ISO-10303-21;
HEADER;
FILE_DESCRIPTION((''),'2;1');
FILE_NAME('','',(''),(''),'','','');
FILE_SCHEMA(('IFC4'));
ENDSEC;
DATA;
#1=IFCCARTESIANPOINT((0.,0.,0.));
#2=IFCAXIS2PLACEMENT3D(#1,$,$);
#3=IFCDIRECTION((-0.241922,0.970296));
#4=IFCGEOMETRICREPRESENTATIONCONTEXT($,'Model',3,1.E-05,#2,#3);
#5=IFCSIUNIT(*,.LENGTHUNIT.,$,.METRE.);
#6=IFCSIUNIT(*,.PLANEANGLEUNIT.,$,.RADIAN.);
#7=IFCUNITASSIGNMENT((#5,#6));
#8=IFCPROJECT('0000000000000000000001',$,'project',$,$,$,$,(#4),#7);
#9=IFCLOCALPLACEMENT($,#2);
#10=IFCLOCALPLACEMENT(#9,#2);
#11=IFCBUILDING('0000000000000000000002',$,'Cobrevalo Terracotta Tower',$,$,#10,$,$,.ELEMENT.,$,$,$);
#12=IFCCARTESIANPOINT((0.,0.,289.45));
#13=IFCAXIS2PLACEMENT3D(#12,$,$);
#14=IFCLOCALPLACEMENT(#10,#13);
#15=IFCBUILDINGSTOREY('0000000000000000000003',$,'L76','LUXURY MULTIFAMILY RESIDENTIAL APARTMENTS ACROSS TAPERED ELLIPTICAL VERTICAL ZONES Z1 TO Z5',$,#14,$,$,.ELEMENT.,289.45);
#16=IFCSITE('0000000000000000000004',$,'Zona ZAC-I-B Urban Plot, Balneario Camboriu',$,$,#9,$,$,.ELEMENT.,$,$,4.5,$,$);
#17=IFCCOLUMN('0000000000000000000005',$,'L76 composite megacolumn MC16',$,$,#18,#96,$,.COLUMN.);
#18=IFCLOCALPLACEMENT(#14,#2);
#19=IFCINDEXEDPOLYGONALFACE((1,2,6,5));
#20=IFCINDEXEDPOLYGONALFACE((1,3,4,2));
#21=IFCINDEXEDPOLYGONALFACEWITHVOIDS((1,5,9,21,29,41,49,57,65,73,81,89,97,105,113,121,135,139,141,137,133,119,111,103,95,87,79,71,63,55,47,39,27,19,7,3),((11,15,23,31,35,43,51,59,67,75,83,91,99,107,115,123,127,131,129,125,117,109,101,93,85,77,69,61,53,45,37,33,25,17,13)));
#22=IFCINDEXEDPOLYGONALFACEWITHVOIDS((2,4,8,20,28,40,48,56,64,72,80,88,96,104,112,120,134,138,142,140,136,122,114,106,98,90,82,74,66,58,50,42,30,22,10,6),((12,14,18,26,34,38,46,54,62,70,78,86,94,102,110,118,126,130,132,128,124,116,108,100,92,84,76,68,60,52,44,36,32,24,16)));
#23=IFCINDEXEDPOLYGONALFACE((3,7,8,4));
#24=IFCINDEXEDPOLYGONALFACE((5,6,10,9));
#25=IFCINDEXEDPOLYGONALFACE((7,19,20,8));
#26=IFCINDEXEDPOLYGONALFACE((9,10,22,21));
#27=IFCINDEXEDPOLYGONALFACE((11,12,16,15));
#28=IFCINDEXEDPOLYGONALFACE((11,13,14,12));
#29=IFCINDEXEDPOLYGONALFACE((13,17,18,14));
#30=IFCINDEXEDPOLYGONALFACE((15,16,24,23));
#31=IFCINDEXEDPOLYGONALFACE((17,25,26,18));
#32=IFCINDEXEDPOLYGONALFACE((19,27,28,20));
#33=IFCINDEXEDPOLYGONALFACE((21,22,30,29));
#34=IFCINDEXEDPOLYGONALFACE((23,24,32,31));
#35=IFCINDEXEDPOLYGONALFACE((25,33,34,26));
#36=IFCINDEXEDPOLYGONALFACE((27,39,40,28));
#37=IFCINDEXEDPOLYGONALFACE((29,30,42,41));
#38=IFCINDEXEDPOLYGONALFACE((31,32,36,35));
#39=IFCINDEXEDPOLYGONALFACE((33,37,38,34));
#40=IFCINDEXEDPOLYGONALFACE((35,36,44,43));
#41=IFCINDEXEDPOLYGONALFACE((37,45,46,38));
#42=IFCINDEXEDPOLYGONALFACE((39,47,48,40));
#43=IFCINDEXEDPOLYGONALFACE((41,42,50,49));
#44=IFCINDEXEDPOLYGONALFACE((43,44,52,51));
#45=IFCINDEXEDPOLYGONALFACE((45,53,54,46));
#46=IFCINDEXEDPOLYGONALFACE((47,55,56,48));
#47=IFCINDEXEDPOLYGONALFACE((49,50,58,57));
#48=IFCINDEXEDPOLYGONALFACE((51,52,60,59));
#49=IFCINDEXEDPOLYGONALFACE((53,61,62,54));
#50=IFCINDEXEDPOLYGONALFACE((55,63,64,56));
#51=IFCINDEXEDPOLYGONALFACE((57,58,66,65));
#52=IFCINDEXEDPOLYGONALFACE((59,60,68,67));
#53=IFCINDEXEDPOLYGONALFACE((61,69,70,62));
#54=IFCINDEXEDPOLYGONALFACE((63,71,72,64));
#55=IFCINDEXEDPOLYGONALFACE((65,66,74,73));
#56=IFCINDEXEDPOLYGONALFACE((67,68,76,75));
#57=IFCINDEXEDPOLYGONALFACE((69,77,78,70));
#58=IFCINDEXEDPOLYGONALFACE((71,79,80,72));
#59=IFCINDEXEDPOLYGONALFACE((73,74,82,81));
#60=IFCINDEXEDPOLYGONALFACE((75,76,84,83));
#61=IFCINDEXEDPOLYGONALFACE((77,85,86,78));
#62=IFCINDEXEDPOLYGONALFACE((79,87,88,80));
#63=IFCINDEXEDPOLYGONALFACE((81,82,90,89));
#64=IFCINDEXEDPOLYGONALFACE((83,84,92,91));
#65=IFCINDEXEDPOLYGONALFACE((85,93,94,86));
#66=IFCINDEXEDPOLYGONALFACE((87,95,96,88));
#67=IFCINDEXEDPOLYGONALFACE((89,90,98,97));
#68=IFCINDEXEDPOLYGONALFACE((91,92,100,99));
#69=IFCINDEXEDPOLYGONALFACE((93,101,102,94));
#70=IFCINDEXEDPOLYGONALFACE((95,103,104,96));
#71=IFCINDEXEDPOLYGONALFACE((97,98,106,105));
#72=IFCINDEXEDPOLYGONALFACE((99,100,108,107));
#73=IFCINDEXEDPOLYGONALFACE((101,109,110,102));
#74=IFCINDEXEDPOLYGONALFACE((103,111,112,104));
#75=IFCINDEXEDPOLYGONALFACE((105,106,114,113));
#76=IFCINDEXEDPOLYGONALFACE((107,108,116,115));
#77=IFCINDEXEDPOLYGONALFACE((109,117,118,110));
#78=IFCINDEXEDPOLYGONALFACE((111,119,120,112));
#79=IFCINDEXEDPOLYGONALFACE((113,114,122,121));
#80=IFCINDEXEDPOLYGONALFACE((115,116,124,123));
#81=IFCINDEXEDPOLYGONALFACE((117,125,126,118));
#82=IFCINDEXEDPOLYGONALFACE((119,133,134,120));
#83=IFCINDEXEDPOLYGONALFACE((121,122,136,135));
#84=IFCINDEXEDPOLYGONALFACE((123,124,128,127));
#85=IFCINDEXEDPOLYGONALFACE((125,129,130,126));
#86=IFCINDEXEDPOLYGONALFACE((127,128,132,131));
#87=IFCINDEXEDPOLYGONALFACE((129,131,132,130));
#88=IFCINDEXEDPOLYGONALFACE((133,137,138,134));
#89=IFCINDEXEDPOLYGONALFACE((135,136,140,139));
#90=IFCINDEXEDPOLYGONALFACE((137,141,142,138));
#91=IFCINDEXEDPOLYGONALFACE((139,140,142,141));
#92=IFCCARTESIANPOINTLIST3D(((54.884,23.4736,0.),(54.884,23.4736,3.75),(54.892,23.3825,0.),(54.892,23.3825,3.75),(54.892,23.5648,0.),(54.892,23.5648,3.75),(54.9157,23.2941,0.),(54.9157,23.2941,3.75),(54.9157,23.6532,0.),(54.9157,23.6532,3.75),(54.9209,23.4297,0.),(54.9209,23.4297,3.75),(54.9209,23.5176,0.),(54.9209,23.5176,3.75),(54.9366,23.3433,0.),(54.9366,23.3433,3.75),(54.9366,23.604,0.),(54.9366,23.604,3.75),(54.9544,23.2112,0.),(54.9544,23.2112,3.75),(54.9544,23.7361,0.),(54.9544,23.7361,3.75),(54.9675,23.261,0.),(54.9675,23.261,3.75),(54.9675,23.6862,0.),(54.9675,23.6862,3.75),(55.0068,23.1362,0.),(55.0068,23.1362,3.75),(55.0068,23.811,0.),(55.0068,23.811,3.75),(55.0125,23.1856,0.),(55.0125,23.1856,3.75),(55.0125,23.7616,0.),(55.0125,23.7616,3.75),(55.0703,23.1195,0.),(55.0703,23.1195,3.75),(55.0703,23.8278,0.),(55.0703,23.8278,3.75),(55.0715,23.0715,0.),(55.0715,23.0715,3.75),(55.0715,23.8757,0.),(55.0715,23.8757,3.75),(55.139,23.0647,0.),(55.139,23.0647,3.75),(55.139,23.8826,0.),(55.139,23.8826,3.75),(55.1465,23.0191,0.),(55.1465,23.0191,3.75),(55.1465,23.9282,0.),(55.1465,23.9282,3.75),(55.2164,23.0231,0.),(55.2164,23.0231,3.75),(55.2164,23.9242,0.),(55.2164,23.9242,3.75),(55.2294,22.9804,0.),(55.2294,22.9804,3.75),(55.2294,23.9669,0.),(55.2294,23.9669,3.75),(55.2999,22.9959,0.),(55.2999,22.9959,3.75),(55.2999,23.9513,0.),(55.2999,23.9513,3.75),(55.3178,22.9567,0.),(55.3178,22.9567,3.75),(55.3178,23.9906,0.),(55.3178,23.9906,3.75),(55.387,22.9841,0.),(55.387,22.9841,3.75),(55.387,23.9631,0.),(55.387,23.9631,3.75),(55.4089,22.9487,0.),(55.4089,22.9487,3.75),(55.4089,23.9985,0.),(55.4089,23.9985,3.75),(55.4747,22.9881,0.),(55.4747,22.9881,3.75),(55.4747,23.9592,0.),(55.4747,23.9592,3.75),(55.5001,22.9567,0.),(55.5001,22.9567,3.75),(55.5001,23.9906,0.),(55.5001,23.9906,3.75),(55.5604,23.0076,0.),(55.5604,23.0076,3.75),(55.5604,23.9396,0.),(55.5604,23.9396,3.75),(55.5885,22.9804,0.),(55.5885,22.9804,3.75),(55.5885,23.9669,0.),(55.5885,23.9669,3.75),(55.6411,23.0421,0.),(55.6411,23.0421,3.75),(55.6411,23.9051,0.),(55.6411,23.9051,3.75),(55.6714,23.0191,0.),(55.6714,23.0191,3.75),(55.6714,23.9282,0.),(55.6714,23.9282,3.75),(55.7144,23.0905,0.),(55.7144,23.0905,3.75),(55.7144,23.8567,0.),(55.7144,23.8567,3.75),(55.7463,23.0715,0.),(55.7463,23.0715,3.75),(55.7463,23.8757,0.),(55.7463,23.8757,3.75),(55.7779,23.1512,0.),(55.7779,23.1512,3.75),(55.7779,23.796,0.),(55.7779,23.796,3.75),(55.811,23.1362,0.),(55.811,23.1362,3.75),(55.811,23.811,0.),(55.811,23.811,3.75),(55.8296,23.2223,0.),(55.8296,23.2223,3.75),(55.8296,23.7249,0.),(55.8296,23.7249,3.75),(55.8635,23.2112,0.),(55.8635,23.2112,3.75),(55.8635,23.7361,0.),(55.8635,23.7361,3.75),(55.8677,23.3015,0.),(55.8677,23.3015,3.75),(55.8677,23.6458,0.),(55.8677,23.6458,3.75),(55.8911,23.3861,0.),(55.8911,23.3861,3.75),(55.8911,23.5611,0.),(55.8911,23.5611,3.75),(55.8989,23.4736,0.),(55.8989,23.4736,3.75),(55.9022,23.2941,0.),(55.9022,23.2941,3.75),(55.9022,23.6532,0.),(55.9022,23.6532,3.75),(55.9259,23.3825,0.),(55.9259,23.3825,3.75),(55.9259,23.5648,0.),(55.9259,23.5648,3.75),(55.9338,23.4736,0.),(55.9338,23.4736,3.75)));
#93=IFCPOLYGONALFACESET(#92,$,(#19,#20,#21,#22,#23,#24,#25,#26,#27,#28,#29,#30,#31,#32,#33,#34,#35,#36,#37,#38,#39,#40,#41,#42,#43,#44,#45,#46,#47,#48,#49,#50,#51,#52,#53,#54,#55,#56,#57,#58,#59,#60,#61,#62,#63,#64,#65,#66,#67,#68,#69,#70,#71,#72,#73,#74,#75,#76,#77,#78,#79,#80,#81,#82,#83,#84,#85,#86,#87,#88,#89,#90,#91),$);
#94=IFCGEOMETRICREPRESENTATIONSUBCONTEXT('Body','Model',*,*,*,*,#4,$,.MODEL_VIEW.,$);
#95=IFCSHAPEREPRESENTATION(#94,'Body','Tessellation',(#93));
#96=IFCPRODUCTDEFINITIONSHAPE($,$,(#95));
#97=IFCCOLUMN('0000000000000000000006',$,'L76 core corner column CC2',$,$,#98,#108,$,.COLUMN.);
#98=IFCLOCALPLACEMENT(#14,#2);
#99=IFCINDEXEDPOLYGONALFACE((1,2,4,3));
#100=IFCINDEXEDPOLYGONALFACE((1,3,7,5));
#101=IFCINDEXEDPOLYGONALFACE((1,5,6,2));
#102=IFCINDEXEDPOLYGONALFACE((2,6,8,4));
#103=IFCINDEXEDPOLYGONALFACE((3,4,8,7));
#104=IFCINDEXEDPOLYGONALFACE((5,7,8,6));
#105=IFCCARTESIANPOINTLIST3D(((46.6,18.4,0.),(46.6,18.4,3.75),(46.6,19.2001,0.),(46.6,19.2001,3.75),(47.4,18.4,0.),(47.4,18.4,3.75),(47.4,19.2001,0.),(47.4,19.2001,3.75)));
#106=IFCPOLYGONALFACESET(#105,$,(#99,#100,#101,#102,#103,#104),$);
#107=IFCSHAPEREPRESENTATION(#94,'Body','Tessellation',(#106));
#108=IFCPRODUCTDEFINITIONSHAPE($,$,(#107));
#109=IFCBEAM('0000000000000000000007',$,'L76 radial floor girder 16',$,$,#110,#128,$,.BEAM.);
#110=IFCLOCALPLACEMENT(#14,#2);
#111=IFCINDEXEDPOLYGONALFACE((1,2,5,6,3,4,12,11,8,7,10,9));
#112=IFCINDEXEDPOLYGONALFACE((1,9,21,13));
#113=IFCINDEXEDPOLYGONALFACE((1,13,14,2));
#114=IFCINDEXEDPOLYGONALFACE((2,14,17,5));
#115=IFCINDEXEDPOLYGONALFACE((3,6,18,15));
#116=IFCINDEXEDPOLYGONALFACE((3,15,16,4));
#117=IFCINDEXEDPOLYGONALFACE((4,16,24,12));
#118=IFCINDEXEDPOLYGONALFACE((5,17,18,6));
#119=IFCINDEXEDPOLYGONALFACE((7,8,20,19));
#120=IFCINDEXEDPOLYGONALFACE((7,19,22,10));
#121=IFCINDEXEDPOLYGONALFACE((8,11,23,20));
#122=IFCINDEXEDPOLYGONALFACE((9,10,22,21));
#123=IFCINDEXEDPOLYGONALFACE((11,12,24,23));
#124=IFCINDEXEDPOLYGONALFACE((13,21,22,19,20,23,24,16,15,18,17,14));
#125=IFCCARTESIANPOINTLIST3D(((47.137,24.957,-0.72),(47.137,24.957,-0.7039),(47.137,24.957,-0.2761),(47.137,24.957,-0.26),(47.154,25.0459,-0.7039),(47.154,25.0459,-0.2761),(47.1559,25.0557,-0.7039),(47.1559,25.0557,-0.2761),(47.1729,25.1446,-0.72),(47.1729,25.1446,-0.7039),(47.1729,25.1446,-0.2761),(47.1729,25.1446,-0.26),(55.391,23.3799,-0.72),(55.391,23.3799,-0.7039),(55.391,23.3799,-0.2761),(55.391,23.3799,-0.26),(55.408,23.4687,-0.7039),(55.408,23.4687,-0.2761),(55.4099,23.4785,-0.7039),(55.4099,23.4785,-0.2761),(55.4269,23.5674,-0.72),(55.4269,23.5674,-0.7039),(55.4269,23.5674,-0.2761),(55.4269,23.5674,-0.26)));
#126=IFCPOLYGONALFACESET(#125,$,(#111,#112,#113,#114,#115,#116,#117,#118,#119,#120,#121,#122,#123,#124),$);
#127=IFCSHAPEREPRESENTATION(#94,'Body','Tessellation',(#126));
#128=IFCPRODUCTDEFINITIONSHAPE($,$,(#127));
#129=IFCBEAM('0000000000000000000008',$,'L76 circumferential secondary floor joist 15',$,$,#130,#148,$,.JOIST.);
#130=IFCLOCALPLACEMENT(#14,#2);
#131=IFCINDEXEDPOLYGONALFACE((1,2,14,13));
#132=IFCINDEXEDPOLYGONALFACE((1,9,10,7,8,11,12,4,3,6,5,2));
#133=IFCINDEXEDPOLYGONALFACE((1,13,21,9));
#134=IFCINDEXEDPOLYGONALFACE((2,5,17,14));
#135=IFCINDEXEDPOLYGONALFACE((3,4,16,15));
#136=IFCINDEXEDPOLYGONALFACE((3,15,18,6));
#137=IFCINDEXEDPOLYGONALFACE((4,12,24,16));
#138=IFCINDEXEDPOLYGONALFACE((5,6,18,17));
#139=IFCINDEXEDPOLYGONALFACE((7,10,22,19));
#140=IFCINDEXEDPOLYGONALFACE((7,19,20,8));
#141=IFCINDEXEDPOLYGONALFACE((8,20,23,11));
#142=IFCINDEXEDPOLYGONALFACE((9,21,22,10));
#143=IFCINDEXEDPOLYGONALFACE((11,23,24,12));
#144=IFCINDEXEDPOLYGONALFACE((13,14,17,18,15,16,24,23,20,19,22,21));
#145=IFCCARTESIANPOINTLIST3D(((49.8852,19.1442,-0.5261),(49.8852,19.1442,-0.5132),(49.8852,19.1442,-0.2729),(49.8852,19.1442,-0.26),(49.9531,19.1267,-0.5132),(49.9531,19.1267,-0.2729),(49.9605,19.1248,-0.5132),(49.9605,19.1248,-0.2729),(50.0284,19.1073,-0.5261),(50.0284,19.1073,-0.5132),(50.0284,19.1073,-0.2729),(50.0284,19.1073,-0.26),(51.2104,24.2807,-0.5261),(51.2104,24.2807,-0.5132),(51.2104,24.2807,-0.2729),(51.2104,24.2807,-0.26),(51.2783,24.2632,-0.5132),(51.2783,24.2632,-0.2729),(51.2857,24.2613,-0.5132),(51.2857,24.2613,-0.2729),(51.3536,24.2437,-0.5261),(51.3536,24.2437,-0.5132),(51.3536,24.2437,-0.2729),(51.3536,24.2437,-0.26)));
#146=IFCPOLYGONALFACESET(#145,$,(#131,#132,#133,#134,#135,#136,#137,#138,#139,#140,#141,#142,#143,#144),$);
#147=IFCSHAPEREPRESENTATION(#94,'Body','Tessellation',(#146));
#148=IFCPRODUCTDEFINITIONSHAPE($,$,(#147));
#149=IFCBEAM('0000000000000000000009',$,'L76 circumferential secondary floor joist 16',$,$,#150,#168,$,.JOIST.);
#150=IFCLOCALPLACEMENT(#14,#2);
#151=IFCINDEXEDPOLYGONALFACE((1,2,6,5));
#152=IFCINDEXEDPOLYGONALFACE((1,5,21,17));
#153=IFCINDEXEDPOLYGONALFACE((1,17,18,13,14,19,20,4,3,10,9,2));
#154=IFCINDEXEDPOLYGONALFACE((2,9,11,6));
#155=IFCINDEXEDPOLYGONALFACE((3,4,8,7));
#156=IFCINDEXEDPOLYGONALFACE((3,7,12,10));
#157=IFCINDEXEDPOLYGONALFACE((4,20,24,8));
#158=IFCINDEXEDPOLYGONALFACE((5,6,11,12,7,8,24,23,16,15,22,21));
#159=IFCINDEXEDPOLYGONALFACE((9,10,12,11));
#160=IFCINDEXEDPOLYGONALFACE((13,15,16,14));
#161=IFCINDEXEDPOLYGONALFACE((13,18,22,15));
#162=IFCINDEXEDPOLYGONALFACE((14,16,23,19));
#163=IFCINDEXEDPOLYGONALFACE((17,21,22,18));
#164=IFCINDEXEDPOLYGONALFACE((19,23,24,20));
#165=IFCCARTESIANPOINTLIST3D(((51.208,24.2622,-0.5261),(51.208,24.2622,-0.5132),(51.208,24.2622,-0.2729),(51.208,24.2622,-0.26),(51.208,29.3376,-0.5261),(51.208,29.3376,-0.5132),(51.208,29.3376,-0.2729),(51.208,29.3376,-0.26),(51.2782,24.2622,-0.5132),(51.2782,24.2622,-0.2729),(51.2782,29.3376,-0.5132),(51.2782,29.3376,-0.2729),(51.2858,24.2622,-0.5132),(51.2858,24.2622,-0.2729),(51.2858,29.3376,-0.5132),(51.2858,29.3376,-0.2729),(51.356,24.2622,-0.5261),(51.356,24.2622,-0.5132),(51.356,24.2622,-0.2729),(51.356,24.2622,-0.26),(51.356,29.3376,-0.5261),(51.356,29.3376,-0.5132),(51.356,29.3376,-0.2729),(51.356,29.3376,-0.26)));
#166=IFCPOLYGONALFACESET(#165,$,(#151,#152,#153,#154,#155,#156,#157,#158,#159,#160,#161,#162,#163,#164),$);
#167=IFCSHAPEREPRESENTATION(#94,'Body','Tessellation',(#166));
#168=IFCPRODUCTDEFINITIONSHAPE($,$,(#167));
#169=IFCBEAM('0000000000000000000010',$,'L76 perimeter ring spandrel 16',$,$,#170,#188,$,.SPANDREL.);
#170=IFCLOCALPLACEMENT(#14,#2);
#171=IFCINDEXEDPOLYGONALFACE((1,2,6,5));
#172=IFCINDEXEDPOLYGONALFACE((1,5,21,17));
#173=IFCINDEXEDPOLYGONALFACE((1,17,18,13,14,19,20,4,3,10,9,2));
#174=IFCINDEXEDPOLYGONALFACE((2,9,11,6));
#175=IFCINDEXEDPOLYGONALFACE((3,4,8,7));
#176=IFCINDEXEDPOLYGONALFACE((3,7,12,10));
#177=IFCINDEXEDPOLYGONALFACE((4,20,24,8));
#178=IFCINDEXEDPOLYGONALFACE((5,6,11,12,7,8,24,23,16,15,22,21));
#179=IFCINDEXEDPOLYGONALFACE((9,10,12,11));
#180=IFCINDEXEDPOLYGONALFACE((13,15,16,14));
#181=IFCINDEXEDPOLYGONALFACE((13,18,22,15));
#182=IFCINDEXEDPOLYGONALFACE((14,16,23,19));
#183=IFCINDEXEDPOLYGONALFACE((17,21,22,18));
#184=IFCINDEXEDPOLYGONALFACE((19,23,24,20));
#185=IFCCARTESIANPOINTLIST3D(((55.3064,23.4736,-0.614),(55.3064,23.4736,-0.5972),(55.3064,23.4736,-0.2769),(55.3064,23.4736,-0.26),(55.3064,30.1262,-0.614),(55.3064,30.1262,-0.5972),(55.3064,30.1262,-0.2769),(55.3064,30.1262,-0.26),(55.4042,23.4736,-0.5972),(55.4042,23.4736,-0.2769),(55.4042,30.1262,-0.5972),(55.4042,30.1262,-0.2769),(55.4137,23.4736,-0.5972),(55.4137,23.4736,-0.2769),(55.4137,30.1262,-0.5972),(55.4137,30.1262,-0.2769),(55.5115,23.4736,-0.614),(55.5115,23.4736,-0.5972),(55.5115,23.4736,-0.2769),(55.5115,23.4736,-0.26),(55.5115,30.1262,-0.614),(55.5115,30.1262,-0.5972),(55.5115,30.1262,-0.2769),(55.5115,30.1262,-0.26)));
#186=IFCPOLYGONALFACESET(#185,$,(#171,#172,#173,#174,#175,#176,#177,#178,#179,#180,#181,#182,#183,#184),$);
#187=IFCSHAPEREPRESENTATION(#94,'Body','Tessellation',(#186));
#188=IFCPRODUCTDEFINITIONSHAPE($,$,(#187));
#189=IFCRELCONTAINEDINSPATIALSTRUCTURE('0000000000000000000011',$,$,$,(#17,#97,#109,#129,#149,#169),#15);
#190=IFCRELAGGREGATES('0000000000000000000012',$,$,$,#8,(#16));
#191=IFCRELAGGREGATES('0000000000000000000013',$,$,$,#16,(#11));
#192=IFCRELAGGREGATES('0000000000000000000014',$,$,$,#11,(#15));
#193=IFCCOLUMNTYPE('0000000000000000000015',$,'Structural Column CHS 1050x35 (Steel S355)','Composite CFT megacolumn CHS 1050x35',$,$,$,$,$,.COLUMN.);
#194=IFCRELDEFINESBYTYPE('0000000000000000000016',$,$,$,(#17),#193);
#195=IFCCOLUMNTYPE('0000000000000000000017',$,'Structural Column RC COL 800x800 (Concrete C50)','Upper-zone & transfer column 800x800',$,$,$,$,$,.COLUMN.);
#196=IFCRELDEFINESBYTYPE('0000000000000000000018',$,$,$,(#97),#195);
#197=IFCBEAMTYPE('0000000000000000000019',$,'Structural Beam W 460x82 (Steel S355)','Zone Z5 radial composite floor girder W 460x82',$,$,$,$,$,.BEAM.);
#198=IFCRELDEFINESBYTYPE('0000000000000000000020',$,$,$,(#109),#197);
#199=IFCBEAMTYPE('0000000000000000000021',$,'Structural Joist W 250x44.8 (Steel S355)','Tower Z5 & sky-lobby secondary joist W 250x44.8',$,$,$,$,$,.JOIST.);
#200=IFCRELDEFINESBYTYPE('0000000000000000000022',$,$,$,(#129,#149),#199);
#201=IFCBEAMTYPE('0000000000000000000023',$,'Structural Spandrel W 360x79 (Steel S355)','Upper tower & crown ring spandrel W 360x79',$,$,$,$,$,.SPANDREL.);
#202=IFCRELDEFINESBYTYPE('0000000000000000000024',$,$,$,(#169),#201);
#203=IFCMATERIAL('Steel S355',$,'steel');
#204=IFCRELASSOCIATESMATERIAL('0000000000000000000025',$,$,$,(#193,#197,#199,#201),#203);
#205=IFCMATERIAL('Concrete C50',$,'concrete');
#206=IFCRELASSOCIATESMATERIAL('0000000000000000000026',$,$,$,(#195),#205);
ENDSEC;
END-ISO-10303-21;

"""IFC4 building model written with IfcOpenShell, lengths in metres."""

from ifc_helpers import new_model, si_unit, direction, frame, origin, origin_2d, place, context, subcontext, project, spatial, rectangle, hollow_circle, i_section, extrude, material, material_profile, profile_set, type_object, element, save


model = new_model("IFC4")

# Units and contexts
model_context = context("Model", 3, precision=1e-05, world=origin(), true_north=direction((-0.241922, 0.970296)))
body_context = subcontext(model_context, "Body", "Model", "MODEL_VIEW")
ifc_project = project(units=[si_unit("LENGTHUNIT", "METRE"), si_unit("PLANEANGLEUNIT", "RADIAN")], contexts=[model_context])

# Site, building, storey
site_placement = place(None, origin())
site = spatial("IfcSite", under=ifc_project, at=site_placement, Name="Zona ZAC-I-B Urban Plot, Balneario Camboriu", CompositionType="ELEMENT", RefElevation=4.5)
building_placement = place(site_placement, origin())
building = spatial("IfcBuilding", under=site, at=building_placement, Name="Cobrevalo Terracotta Tower", CompositionType="ELEMENT")
storey_placement = place(building_placement, frame((0.0, 0.0, 289.45)))
storey = spatial("IfcBuildingStorey", under=building, at=storey_placement, Name="L76", Description="LUXURY MULTIFAMILY RESIDENTIAL APARTMENTS ACROSS TAPERED ELLIPTICAL VERTICAL ZONES Z1 TO Z5", CompositionType="ELEMENT", Elevation=289.45)

# Columns
ifc_material_1 = material(Name="Steel S355", Category="steel")
ifc_material_profile_1 = material_profile(ifc_material_1, hollow_circle(Radius=0.5249, WallThickness=0.0349, at=origin_2d()), Name="CHS 1050x35")
ifc_profile_set_1 = profile_set([ifc_material_profile_1], Name="Steel S355")
column_type_1 = type_object("IfcColumnType", Name="Structural Column CHS 1050x35 (Steel S355)", Description="Composite CFT megacolumn CHS 1050x35", PredefinedType="COLUMN", material=ifc_profile_set_1)
column_1_placement = place(storey_placement, frame((55.4089, 23.4736, 0.0), z_axis=(0.0, 0.0, 1.0), x_axis=(1.0, 0.0, 0.0)))
element("IfcColumn", 1, at=column_1_placement, inside=storey, type_object=column_type_1, Name="L76 composite megacolumn MC16", PredefinedType="COLUMN", context=body_context, shape_type="SweptSolid", body=[
    extrude(hollow_circle(Radius=0.5249, WallThickness=0.0349, at=origin_2d()), origin(), (0.0, 0.0, 1.0), 3.75),
])
ifc_material_2 = material(Name="Concrete C50", Category="concrete")
ifc_material_profile_2 = material_profile(ifc_material_2, rectangle(XDim=0.8, YDim=0.8, at=origin_2d()), Name="RC COL 800x800")
ifc_profile_set_2 = profile_set([ifc_material_profile_2], Name="Concrete C50")
column_type_2 = type_object("IfcColumnType", Name="Structural Column RC COL 800x800 (Concrete C50)", Description="Upper-zone & transfer column 800x800", PredefinedType="COLUMN", material=ifc_profile_set_2)
column_2_placement = place(storey_placement, frame((47.0, 18.8, 0.0), z_axis=(0.0, 0.0, 1.0), x_axis=(1.0, 0.0, 0.0)))
element("IfcColumn", 2, at=column_2_placement, inside=storey, type_object=column_type_2, Name="L76 core corner column CC2", PredefinedType="COLUMN", context=body_context, shape_type="SweptSolid", body=[
    extrude(rectangle(XDim=0.8, YDim=0.8, at=origin_2d()), origin(), (0.0, 0.0, 1.0), 3.75),
])

# Beams
ifc_material_profile_3 = material_profile(ifc_material_1, i_section(OverallWidth=0.1909, OverallDepth=0.46, WebThickness=0.01, FlangeThickness=0.0161, at=origin_2d()), Name="W 460x82")
ifc_profile_set_3 = profile_set([ifc_material_profile_3], Name="Steel S355")
beam_type_1 = type_object("IfcBeamType", Name="Structural Beam W 460x82 (Steel S355)", Description="Zone Z5 radial composite floor girder W 460x82", PredefinedType="BEAM", material=ifc_profile_set_3)
beam_1_placement = place(storey_placement, frame((55.4089, 23.4736, -0.49), z_axis=(-0.98223, 0.187683, 0.0), x_axis=(-0.187683, -0.98223, 0.0)))
element("IfcBeam", 3, at=beam_1_placement, inside=storey, type_object=beam_type_1, Name="L76 radial floor girder 16", PredefinedType="BEAM", context=body_context, shape_type="SweptSolid", body=[
    extrude(i_section(OverallWidth=0.1909, OverallDepth=0.46, WebThickness=0.01, FlangeThickness=0.0161, at=origin_2d()), origin(), (0.0, 0.0, 1.0), 8.4033),
])
ifc_material_profile_4 = material_profile(ifc_material_1, i_section(OverallWidth=0.1479, OverallDepth=0.2661, WebThickness=0.0076, FlangeThickness=0.0129, at=origin_2d()), Name="W 250x44.8")
ifc_profile_set_4 = profile_set([ifc_material_profile_4], Name="Steel S355")
beam_type_2 = type_object("IfcBeamType", Name="Structural Joist W 250x44.8 (Steel S355)", Description="Tower Z5 & sky-lobby secondary joist W 250x44.8", PredefinedType="JOIST", material=ifc_profile_set_4)
beam_2_placement = place(storey_placement, frame((49.9568, 19.1257, -0.3931), z_axis=(0.249817, 0.968293, 0.0), x_axis=(-0.968293, 0.249817, 0.0)))
element("IfcBeam", 4, at=beam_2_placement, inside=storey, type_object=beam_type_2, Name="L76 circumferential secondary floor joist 15", PredefinedType="JOIST", context=body_context, shape_type="SweptSolid", body=[
    extrude(i_section(OverallWidth=0.1479, OverallDepth=0.2661, WebThickness=0.0076, FlangeThickness=0.0129, at=origin_2d()), origin(), (0.0, 0.0, 1.0), 5.3047),
])
beam_3_placement = place(storey_placement, frame((51.282, 24.2622, -0.3931), z_axis=(0.0, 1.0, 0.0), x_axis=(-1.0, 0.0, 0.0)))
element("IfcBeam", 5, at=beam_3_placement, inside=storey, type_object=beam_type_2, Name="L76 circumferential secondary floor joist 16", PredefinedType="JOIST", context=body_context, shape_type="SweptSolid", body=[
    extrude(i_section(OverallWidth=0.1479, OverallDepth=0.2661, WebThickness=0.0076, FlangeThickness=0.0129, at=origin_2d()), origin(), (0.0, 0.0, 1.0), 5.0754),
])
ifc_material_profile_5 = material_profile(ifc_material_1, i_section(OverallWidth=0.2051, OverallDepth=0.354, WebThickness=0.0095, FlangeThickness=0.0168, at=origin_2d()), Name="W 360x79")
ifc_profile_set_5 = profile_set([ifc_material_profile_5], Name="Steel S355")
beam_type_3 = type_object("IfcBeamType", Name="Structural Spandrel W 360x79 (Steel S355)", Description="Upper tower & crown ring spandrel W 360x79", PredefinedType="SPANDREL", material=ifc_profile_set_5)
beam_4_placement = place(storey_placement, frame((55.4089, 23.4736, -0.437), z_axis=(0.0, 1.0, 0.0), x_axis=(-1.0, 0.0, 0.0)))
element("IfcBeam", 6, at=beam_4_placement, inside=storey, type_object=beam_type_3, Name="L76 perimeter ring spandrel 16", PredefinedType="SPANDREL", context=body_context, shape_type="SweptSolid", body=[
    extrude(i_section(OverallWidth=0.2051, OverallDepth=0.354, WebThickness=0.0095, FlangeThickness=0.0168, at=origin_2d()), origin(), (0.0, 0.0, 1.0), 6.6526),
])

save(model, "model.ifc")
